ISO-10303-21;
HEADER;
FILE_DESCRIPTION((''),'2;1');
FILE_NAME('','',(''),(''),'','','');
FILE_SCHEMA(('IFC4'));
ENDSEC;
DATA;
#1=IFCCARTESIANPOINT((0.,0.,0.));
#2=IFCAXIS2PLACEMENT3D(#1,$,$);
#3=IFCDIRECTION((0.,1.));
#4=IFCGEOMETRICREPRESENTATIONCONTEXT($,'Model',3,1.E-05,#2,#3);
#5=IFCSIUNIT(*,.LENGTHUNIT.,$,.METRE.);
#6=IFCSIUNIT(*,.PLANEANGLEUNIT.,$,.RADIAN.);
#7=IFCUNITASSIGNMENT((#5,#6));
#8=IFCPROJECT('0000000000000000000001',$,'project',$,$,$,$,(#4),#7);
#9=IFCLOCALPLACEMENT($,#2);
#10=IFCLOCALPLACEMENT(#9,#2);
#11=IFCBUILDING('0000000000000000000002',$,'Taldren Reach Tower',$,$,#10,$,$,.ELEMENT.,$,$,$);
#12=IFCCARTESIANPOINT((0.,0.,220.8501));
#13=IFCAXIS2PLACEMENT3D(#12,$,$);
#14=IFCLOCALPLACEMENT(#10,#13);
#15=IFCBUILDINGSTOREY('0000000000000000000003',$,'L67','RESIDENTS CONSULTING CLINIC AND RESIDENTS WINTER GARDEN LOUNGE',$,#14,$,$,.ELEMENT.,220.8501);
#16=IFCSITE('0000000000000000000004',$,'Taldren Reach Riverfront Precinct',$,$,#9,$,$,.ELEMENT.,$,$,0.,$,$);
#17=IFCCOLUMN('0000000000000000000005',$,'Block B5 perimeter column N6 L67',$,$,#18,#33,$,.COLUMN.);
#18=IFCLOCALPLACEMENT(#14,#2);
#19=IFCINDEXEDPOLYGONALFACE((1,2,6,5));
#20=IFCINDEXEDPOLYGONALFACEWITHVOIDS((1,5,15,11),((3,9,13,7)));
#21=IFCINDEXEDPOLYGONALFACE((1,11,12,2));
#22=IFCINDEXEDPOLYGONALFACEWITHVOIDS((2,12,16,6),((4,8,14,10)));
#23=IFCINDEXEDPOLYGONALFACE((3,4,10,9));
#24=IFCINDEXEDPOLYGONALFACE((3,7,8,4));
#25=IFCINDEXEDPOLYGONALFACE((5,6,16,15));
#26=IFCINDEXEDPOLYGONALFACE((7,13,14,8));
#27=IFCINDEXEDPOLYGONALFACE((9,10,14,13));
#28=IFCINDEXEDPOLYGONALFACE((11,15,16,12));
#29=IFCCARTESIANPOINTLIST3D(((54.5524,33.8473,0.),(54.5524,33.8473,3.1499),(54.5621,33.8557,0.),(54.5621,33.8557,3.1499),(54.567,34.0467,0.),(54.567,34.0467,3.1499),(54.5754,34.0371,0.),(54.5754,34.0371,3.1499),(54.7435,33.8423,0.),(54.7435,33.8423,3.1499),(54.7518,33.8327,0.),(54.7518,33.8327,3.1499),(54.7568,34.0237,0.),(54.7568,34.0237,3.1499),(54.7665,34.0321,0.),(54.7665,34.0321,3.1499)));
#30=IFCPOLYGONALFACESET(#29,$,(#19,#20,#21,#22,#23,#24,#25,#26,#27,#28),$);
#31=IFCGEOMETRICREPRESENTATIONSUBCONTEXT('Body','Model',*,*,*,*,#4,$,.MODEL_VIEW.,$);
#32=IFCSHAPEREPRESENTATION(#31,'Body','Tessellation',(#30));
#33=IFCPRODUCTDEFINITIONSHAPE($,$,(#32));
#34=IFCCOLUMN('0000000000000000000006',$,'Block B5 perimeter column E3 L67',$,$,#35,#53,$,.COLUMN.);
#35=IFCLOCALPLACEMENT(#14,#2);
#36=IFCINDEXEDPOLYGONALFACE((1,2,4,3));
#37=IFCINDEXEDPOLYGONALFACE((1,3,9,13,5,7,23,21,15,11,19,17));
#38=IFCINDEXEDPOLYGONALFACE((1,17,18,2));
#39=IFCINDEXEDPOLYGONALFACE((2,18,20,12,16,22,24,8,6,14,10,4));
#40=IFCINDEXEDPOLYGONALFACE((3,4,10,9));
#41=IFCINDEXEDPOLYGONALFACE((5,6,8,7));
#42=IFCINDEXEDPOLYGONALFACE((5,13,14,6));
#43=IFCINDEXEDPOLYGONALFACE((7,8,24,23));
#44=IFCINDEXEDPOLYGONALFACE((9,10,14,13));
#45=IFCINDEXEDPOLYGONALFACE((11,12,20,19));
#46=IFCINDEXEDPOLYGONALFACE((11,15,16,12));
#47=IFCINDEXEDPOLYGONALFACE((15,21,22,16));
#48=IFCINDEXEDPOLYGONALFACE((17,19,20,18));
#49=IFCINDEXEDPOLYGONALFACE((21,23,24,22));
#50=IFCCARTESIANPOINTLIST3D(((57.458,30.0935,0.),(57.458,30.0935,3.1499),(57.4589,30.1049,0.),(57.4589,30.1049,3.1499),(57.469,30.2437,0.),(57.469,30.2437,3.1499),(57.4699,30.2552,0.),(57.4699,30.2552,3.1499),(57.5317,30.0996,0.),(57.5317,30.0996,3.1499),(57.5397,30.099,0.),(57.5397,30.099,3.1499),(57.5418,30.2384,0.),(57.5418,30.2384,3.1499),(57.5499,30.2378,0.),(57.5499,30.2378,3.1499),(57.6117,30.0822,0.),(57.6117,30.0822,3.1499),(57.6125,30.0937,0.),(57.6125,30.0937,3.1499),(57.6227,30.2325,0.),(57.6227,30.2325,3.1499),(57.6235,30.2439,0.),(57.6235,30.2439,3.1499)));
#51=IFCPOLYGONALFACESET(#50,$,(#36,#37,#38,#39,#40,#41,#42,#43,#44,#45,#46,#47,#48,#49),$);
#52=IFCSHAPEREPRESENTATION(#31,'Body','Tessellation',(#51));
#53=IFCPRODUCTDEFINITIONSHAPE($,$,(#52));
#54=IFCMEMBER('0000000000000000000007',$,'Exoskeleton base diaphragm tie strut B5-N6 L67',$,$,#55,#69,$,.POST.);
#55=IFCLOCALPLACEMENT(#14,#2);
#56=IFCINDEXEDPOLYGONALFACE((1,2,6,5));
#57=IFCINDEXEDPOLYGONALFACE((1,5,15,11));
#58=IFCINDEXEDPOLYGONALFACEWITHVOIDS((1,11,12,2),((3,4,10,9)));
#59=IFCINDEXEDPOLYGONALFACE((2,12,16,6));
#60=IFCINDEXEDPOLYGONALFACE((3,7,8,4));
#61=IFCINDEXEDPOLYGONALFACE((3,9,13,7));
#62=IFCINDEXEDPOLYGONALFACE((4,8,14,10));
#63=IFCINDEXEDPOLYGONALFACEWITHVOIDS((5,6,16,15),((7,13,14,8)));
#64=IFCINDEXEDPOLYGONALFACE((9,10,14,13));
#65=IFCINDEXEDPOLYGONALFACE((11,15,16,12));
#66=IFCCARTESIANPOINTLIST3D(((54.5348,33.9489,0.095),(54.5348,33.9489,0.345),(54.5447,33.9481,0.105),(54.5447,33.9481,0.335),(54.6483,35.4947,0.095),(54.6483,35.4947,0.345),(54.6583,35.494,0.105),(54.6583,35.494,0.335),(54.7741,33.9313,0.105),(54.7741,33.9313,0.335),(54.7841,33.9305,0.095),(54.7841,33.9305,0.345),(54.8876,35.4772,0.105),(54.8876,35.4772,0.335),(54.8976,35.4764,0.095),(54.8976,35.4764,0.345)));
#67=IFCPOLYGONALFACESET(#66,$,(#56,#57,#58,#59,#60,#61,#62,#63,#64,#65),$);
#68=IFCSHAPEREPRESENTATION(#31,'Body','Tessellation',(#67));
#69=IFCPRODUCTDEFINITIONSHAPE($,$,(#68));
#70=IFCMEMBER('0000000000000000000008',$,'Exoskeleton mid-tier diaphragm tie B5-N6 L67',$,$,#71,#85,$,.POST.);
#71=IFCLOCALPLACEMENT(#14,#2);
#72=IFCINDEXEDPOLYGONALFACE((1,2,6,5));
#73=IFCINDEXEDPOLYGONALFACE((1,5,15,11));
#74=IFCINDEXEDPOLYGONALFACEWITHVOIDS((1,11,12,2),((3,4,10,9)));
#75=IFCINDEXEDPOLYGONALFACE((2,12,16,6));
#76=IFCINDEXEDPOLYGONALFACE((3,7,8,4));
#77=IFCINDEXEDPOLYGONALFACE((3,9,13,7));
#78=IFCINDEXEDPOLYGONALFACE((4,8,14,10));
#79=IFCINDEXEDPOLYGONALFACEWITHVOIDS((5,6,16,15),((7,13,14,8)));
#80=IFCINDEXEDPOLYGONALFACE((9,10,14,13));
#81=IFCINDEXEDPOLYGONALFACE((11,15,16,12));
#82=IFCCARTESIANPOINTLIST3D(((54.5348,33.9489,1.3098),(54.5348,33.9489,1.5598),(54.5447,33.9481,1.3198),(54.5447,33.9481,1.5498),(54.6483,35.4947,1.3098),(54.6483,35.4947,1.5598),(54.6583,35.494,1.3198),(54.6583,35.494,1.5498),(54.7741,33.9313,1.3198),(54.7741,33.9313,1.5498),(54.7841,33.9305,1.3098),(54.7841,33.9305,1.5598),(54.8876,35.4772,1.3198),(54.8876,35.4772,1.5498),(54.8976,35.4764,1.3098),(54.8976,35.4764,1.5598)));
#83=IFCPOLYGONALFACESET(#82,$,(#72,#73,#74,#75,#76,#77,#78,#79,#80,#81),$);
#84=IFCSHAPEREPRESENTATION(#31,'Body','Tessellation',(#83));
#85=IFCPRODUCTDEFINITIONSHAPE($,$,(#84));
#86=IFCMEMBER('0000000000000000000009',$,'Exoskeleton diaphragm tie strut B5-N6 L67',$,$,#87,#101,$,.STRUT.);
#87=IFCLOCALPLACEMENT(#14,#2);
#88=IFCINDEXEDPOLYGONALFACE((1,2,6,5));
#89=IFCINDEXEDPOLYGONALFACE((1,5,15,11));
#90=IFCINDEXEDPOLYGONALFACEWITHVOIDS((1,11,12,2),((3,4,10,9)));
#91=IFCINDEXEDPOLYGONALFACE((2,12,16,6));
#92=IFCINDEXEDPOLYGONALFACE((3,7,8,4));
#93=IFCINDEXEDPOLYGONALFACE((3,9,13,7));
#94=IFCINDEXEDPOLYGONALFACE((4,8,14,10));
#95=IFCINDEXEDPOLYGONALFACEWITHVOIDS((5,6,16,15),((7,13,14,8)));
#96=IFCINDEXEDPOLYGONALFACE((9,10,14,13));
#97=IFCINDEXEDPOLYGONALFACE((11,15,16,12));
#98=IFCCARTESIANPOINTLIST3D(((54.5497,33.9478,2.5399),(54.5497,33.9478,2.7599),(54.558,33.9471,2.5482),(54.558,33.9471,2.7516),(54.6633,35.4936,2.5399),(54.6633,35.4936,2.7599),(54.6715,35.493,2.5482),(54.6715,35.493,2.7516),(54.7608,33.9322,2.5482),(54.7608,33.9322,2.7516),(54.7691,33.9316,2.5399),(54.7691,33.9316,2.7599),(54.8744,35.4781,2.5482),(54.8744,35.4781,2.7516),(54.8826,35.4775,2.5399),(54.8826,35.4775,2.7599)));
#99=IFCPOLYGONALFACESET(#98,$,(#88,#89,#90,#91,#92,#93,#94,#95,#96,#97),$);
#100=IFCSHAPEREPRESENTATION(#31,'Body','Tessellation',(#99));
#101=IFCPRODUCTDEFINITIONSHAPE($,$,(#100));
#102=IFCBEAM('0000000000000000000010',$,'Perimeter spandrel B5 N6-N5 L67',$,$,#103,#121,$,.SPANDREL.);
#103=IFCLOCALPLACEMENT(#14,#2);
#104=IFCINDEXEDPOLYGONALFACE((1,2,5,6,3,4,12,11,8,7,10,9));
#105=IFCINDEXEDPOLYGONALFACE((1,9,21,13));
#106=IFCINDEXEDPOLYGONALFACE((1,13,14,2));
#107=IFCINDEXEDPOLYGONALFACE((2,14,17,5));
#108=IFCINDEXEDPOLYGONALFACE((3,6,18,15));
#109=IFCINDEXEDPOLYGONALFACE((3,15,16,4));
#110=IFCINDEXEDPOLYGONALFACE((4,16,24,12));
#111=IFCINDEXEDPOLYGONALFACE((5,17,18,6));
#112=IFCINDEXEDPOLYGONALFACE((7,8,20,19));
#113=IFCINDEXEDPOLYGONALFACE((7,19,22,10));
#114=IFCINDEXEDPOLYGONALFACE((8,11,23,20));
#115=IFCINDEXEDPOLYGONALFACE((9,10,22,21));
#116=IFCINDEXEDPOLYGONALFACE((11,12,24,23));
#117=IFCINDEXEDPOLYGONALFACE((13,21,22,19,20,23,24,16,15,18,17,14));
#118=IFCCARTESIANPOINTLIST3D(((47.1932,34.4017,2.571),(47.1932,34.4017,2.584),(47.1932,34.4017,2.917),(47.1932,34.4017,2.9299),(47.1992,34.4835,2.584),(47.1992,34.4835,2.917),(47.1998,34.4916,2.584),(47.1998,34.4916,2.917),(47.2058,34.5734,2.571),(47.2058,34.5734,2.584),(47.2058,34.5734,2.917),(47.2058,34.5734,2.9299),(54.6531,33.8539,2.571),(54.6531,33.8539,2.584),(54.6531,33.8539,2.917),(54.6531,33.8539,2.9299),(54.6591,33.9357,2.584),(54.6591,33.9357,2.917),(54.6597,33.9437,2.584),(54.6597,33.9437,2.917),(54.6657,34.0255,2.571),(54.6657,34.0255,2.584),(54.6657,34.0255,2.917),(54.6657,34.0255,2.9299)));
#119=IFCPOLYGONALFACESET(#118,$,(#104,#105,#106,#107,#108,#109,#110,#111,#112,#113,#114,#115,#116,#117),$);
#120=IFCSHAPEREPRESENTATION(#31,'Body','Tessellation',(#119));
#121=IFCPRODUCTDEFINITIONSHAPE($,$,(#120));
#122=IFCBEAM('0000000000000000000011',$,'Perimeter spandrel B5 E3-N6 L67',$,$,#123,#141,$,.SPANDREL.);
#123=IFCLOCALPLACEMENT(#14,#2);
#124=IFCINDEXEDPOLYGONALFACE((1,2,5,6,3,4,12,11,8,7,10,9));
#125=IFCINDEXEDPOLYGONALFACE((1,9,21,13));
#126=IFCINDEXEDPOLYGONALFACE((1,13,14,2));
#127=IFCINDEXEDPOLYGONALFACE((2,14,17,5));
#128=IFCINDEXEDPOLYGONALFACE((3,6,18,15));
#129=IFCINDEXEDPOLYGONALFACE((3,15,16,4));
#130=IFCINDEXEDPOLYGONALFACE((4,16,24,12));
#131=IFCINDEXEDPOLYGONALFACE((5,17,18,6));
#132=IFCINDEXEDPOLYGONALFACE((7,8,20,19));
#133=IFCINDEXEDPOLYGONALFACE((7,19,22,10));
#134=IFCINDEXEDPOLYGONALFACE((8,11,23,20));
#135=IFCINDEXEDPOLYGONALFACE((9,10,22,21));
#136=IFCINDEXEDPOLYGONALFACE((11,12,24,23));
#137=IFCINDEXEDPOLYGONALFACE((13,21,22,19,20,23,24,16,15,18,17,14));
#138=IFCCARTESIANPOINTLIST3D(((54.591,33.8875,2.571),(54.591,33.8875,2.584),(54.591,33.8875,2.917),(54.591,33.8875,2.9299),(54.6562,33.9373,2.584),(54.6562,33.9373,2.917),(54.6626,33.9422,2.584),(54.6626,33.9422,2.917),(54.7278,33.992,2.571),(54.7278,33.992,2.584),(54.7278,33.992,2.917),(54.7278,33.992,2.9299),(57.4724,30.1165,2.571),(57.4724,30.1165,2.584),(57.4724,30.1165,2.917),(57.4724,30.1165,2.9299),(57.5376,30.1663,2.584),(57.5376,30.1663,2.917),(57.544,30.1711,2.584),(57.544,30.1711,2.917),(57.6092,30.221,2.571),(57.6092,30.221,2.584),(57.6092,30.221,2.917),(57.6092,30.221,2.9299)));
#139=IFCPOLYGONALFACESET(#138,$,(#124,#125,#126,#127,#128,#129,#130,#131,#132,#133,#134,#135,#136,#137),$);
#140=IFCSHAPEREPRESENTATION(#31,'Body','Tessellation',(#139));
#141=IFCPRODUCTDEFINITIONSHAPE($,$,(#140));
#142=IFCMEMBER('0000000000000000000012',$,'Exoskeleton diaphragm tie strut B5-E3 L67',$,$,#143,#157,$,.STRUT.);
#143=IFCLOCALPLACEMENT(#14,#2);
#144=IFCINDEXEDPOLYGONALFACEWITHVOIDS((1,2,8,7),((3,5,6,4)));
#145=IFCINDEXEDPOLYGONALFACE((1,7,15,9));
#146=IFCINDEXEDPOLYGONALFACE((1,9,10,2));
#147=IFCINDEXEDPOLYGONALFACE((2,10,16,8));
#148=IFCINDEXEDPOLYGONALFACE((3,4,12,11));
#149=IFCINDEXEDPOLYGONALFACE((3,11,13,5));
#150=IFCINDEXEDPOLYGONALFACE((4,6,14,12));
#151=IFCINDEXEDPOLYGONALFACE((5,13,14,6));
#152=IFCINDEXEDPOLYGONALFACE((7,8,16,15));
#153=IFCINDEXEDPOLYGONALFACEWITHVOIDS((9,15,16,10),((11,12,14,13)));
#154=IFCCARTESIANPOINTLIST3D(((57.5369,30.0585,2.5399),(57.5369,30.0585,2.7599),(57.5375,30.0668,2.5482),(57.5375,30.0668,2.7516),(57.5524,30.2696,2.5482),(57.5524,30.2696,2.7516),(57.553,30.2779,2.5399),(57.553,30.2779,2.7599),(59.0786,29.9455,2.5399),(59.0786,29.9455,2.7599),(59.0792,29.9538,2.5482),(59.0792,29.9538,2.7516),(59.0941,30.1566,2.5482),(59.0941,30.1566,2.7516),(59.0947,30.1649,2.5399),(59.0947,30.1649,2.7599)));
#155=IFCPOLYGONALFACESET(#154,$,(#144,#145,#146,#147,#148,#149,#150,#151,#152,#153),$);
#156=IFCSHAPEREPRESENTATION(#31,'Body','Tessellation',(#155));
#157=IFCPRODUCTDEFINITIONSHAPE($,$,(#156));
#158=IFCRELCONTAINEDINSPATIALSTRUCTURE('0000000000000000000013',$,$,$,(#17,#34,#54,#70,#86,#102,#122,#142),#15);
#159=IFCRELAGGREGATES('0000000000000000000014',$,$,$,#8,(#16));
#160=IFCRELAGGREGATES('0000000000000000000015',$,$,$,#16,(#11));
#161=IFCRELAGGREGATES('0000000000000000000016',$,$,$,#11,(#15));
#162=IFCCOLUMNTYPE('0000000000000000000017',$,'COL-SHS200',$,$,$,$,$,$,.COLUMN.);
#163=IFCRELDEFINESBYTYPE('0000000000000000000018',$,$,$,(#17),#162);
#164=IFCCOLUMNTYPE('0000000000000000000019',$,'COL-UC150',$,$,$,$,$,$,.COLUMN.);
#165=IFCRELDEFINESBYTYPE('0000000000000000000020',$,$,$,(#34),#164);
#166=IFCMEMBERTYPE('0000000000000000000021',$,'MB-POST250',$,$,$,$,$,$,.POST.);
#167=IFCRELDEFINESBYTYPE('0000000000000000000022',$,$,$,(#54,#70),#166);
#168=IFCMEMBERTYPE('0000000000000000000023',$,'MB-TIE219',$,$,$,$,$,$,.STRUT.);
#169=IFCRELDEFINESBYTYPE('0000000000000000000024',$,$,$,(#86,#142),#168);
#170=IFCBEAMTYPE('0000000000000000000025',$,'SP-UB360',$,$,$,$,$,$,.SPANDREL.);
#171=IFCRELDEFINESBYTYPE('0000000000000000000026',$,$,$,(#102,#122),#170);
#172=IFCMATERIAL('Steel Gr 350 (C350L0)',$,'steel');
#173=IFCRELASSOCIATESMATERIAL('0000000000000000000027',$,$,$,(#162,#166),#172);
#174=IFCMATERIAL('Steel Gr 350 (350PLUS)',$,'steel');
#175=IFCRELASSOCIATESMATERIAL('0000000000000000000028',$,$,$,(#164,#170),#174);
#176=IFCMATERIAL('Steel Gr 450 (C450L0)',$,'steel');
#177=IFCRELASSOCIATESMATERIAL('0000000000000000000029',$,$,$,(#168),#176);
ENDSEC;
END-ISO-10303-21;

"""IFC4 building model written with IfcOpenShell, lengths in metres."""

from ifc_helpers import new_model, si_unit, direction, frame, origin, origin_2d, place, context, subcontext, project, spatial, hollow_rectangle, i_section, extrude, source, transform, mapped, material, material_profile, profile_set, type_object, element, save


model = new_model("IFC4")

# Units and contexts
model_context = context("Model", 3, precision=1e-05, world=origin(), true_north=direction((0.0, 1.0)))
body_context = subcontext(model_context, "Body", "Model", "MODEL_VIEW")
ifc_project = project(units=[si_unit("LENGTHUNIT", "METRE"), si_unit("PLANEANGLEUNIT", "RADIAN")], contexts=[model_context])

# Site, building, storey
site_placement = place(None, origin())
site = spatial("IfcSite", under=ifc_project, at=site_placement, Name="Taldren Reach Riverfront Precinct", CompositionType="ELEMENT", RefElevation=0.0)
building_placement = place(site_placement, origin())
building = spatial("IfcBuilding", under=site, at=building_placement, Name="Taldren Reach Tower", CompositionType="ELEMENT")
storey_placement = place(building_placement, frame((0.0, 0.0, 220.8501)))
storey = spatial("IfcBuildingStorey", under=building, at=storey_placement, Name="L67", Description="RESIDENTS CONSULTING CLINIC AND RESIDENTS WINTER GARDEN LOUNGE", CompositionType="ELEMENT", Elevation=220.8501)

# Columns
ifc_material_1 = material(Name="Steel Gr 350 (C350L0)", Category="steel")
ifc_material_profile_1 = material_profile(ifc_material_1, hollow_rectangle(XDim=0.2, YDim=0.2, WallThickness=0.009, at=origin_2d()), Name="200x200x9.0SHS")
ifc_profile_set_1 = profile_set([ifc_material_profile_1], Name="Steel Gr 350 (C350L0)")
column_type_1 = type_object("IfcColumnType", Name="COL-SHS200", PredefinedType="COLUMN", material=ifc_profile_set_1)
shared_shape_1 = source(origin(), body_context, "Body", "SweptSolid", [
    extrude(hollow_rectangle(XDim=0.2, YDim=0.2, WallThickness=0.009, at=origin_2d()), origin(), (0.0, 0.0, 1.0), 3.1499),
])
column_1_placement = place(storey_placement, frame((54.6594, 33.9397, 0.0), z_axis=(0.0, 0.0, 1.0), x_axis=(0.997314, -0.073238, 0.0)))
element("IfcColumn", 1, at=column_1_placement, inside=storey, type_object=column_type_1, Name="Block B5 perimeter column N6 L67", PredefinedType="COLUMN", context=body_context, shape_type="MappedRepresentation", body=[
    mapped(shared_shape_1, transform((0.0, 0.0, 0.0), scale=1.0)),
])
ifc_material_2 = material(Name="Steel Gr 350 (350PLUS)", Category="steel")
ifc_material_profile_2 = material_profile(ifc_material_2, i_section(OverallWidth=0.1541, OverallDepth=0.1621, WebThickness=0.0081, FlangeThickness=0.0115, at=origin_2d()), Name="150UC37.2")
ifc_profile_set_2 = profile_set([ifc_material_profile_2], Name="Steel Gr 350 (350PLUS)")
column_type_2 = type_object("IfcColumnType", Name="COL-UC150", PredefinedType="COLUMN", material=ifc_profile_set_2)
shared_shape_2 = source(origin(), body_context, "Body", "SweptSolid", [
    extrude(i_section(OverallWidth=0.1541, OverallDepth=0.1621, WebThickness=0.0081, FlangeThickness=0.0115, at=origin_2d()), origin(), (0.0, 0.0, 1.0), 3.1499),
])
column_2_placement = place(storey_placement, frame((57.5408, 30.1687, 0.0), z_axis=(0.0, 0.0, 1.0), x_axis=(0.997314, -0.073238, 0.0)))
element("IfcColumn", 2, at=column_2_placement, inside=storey, type_object=column_type_2, Name="Block B5 perimeter column E3 L67", PredefinedType="COLUMN", context=body_context, shape_type="MappedRepresentation", body=[
    mapped(shared_shape_2, transform((0.0, 0.0, 0.0), scale=1.0)),
])

# Members
ifc_material_profile_3 = material_profile(ifc_material_1, hollow_rectangle(XDim=0.25, YDim=0.25, WallThickness=0.01, at=origin_2d()), Name="250x250x10.0SHS")
ifc_profile_set_3 = profile_set([ifc_material_profile_3], Name="Steel Gr 350 (C350L0)")
member_type_1 = type_object("IfcMemberType", Name="MB-POST250", PredefinedType="POST", material=ifc_profile_set_3)
shared_shape_3 = source(origin(), body_context, "Body", "SweptSolid", [
    extrude(hollow_rectangle(XDim=0.25, YDim=0.25, WallThickness=0.01, at=origin_2d()), origin(), (0.0, 0.0, 1.0), 1.55),
])
for number, where, z_axis, x_axis, name in (
    (3, (54.6594, 33.9397, 0.22), (0.073239, 0.997314, 0.0), (-0.997314, 0.073239, 0.0), "Exoskeleton base diaphragm tie strut B5-N6 L67"),
    (4, (54.6594, 33.9397, 1.4348), (0.073239, 0.997314, 0.0), (-0.997314, 0.073239, 0.0), "Exoskeleton mid-tier diaphragm tie B5-N6 L67"),
):
    element("IfcMember", number, at=place(storey_placement, frame(where, z_axis=z_axis, x_axis=x_axis)), inside=storey, type_object=member_type_1, Name=name, PredefinedType="POST", context=body_context, shape_type="MappedRepresentation", body=[
        mapped(shared_shape_3, transform((0.0, 0.0, 0.0), scale=1.0)),
    ])
ifc_material_3 = material(Name="Steel Gr 450 (C450L0)", Category="steel")
ifc_material_profile_4 = material_profile(ifc_material_3, hollow_rectangle(XDim=0.22, YDim=0.22, WallThickness=0.0083, at=origin_2d()), Name="220x220x8.2SHS")
ifc_profile_set_4 = profile_set([ifc_material_profile_4], Name="Steel Gr 450 (C450L0)")
member_type_2 = type_object("IfcMemberType", Name="MB-TIE219", PredefinedType="STRUT", material=ifc_profile_set_4)
shared_shape_4 = source(origin(), body_context, "Body", "SweptSolid", [
    extrude(hollow_rectangle(XDim=0.22, YDim=0.22, WallThickness=0.0083, at=origin_2d()), origin(), (0.0, 0.0, 1.0), 1.55),
])
member_1_placement = place(storey_placement, frame((54.6594, 33.9397, 2.6499), z_axis=(0.073239, 0.997314, 0.0), x_axis=(-0.997314, 0.073239, 0.0)))
element("IfcMember", 5, at=member_1_placement, inside=storey, type_object=member_type_2, Name="Exoskeleton diaphragm tie strut B5-N6 L67", PredefinedType="STRUT", context=body_context, shape_type="MappedRepresentation", body=[
    mapped(shared_shape_4, transform((0.0, 0.0, 0.0), scale=1.0)),
])

# Beams
ifc_material_profile_5 = material_profile(ifc_material_2, i_section(OverallWidth=0.1721, OverallDepth=0.3589, WebThickness=0.0081, FlangeThickness=0.0129, at=origin_2d()), Name="360UB56.7")
ifc_profile_set_5 = profile_set([ifc_material_profile_5], Name="Steel Gr 350 (350PLUS)")
beam_type = type_object("IfcBeamType", Name="SP-UB360", PredefinedType="SPANDREL", material=ifc_profile_set_5)
shared_shape_5 = source(origin(), body_context, "Body", "SweptSolid", [
    extrude(i_section(OverallWidth=0.1721, OverallDepth=0.3589, WebThickness=0.0081, FlangeThickness=0.0129, at=origin_2d()), origin(), (0.0, 0.0, 1.0), 7.48),
])
beam_1_placement = place(storey_placement, frame((54.6594, 33.9397, 2.7505), z_axis=(-0.997314, 0.073242, 0.0), x_axis=(-0.073242, -0.997314, 0.0)))
element("IfcBeam", 6, at=beam_1_placement, inside=storey, type_object=beam_type, Name="Perimeter spandrel B5 N6-N5 L67", PredefinedType="SPANDREL", context=body_context, shape_type="MappedRepresentation", body=[
    mapped(shared_shape_5, transform((0.0, 0.0, 0.0), scale=1.0)),
])
shared_shape_6 = source(origin(), body_context, "Body", "SweptSolid", [
    extrude(i_section(OverallWidth=0.1721, OverallDepth=0.3589, WebThickness=0.0081, FlangeThickness=0.0129, at=origin_2d()), origin(), (0.0, 0.0, 1.0), 4.7458),
])
beam_2_placement = place(storey_placement, frame((57.5408, 30.1687, 2.7505), z_axis=(-0.607137, 0.794597, 0.0), x_axis=(-0.794597, -0.607137, 0.0)))
element("IfcBeam", 7, at=beam_2_placement, inside=storey, type_object=beam_type, Name="Perimeter spandrel B5 E3-N6 L67", PredefinedType="SPANDREL", context=body_context, shape_type="MappedRepresentation", body=[
    mapped(shared_shape_6, transform((0.0, 0.0, 0.0), scale=1.0)),
])

# Member
shared_shape_7 = source(origin(), body_context, "Body", "SweptSolid", [
    extrude(hollow_rectangle(XDim=0.22, YDim=0.22, WallThickness=0.0083, at=origin_2d()), origin(), (0.0, 0.0, 1.0), 1.5459),
])
member_2_placement = place(storey_placement, frame((57.5449, 30.1682, 2.6499), z_axis=(0.997323, -0.073121, 0.0), x_axis=(0.073121, 0.997323, 0.0)))
element("IfcMember", 8, at=member_2_placement, inside=storey, type_object=member_type_2, Name="Exoskeleton diaphragm tie strut B5-E3 L67", PredefinedType="STRUT", context=body_context, shape_type="MappedRepresentation", body=[
    mapped(shared_shape_7, transform((0.0, 0.0, 0.0), scale=1.0)),
])

save(model, "model.ifc")
